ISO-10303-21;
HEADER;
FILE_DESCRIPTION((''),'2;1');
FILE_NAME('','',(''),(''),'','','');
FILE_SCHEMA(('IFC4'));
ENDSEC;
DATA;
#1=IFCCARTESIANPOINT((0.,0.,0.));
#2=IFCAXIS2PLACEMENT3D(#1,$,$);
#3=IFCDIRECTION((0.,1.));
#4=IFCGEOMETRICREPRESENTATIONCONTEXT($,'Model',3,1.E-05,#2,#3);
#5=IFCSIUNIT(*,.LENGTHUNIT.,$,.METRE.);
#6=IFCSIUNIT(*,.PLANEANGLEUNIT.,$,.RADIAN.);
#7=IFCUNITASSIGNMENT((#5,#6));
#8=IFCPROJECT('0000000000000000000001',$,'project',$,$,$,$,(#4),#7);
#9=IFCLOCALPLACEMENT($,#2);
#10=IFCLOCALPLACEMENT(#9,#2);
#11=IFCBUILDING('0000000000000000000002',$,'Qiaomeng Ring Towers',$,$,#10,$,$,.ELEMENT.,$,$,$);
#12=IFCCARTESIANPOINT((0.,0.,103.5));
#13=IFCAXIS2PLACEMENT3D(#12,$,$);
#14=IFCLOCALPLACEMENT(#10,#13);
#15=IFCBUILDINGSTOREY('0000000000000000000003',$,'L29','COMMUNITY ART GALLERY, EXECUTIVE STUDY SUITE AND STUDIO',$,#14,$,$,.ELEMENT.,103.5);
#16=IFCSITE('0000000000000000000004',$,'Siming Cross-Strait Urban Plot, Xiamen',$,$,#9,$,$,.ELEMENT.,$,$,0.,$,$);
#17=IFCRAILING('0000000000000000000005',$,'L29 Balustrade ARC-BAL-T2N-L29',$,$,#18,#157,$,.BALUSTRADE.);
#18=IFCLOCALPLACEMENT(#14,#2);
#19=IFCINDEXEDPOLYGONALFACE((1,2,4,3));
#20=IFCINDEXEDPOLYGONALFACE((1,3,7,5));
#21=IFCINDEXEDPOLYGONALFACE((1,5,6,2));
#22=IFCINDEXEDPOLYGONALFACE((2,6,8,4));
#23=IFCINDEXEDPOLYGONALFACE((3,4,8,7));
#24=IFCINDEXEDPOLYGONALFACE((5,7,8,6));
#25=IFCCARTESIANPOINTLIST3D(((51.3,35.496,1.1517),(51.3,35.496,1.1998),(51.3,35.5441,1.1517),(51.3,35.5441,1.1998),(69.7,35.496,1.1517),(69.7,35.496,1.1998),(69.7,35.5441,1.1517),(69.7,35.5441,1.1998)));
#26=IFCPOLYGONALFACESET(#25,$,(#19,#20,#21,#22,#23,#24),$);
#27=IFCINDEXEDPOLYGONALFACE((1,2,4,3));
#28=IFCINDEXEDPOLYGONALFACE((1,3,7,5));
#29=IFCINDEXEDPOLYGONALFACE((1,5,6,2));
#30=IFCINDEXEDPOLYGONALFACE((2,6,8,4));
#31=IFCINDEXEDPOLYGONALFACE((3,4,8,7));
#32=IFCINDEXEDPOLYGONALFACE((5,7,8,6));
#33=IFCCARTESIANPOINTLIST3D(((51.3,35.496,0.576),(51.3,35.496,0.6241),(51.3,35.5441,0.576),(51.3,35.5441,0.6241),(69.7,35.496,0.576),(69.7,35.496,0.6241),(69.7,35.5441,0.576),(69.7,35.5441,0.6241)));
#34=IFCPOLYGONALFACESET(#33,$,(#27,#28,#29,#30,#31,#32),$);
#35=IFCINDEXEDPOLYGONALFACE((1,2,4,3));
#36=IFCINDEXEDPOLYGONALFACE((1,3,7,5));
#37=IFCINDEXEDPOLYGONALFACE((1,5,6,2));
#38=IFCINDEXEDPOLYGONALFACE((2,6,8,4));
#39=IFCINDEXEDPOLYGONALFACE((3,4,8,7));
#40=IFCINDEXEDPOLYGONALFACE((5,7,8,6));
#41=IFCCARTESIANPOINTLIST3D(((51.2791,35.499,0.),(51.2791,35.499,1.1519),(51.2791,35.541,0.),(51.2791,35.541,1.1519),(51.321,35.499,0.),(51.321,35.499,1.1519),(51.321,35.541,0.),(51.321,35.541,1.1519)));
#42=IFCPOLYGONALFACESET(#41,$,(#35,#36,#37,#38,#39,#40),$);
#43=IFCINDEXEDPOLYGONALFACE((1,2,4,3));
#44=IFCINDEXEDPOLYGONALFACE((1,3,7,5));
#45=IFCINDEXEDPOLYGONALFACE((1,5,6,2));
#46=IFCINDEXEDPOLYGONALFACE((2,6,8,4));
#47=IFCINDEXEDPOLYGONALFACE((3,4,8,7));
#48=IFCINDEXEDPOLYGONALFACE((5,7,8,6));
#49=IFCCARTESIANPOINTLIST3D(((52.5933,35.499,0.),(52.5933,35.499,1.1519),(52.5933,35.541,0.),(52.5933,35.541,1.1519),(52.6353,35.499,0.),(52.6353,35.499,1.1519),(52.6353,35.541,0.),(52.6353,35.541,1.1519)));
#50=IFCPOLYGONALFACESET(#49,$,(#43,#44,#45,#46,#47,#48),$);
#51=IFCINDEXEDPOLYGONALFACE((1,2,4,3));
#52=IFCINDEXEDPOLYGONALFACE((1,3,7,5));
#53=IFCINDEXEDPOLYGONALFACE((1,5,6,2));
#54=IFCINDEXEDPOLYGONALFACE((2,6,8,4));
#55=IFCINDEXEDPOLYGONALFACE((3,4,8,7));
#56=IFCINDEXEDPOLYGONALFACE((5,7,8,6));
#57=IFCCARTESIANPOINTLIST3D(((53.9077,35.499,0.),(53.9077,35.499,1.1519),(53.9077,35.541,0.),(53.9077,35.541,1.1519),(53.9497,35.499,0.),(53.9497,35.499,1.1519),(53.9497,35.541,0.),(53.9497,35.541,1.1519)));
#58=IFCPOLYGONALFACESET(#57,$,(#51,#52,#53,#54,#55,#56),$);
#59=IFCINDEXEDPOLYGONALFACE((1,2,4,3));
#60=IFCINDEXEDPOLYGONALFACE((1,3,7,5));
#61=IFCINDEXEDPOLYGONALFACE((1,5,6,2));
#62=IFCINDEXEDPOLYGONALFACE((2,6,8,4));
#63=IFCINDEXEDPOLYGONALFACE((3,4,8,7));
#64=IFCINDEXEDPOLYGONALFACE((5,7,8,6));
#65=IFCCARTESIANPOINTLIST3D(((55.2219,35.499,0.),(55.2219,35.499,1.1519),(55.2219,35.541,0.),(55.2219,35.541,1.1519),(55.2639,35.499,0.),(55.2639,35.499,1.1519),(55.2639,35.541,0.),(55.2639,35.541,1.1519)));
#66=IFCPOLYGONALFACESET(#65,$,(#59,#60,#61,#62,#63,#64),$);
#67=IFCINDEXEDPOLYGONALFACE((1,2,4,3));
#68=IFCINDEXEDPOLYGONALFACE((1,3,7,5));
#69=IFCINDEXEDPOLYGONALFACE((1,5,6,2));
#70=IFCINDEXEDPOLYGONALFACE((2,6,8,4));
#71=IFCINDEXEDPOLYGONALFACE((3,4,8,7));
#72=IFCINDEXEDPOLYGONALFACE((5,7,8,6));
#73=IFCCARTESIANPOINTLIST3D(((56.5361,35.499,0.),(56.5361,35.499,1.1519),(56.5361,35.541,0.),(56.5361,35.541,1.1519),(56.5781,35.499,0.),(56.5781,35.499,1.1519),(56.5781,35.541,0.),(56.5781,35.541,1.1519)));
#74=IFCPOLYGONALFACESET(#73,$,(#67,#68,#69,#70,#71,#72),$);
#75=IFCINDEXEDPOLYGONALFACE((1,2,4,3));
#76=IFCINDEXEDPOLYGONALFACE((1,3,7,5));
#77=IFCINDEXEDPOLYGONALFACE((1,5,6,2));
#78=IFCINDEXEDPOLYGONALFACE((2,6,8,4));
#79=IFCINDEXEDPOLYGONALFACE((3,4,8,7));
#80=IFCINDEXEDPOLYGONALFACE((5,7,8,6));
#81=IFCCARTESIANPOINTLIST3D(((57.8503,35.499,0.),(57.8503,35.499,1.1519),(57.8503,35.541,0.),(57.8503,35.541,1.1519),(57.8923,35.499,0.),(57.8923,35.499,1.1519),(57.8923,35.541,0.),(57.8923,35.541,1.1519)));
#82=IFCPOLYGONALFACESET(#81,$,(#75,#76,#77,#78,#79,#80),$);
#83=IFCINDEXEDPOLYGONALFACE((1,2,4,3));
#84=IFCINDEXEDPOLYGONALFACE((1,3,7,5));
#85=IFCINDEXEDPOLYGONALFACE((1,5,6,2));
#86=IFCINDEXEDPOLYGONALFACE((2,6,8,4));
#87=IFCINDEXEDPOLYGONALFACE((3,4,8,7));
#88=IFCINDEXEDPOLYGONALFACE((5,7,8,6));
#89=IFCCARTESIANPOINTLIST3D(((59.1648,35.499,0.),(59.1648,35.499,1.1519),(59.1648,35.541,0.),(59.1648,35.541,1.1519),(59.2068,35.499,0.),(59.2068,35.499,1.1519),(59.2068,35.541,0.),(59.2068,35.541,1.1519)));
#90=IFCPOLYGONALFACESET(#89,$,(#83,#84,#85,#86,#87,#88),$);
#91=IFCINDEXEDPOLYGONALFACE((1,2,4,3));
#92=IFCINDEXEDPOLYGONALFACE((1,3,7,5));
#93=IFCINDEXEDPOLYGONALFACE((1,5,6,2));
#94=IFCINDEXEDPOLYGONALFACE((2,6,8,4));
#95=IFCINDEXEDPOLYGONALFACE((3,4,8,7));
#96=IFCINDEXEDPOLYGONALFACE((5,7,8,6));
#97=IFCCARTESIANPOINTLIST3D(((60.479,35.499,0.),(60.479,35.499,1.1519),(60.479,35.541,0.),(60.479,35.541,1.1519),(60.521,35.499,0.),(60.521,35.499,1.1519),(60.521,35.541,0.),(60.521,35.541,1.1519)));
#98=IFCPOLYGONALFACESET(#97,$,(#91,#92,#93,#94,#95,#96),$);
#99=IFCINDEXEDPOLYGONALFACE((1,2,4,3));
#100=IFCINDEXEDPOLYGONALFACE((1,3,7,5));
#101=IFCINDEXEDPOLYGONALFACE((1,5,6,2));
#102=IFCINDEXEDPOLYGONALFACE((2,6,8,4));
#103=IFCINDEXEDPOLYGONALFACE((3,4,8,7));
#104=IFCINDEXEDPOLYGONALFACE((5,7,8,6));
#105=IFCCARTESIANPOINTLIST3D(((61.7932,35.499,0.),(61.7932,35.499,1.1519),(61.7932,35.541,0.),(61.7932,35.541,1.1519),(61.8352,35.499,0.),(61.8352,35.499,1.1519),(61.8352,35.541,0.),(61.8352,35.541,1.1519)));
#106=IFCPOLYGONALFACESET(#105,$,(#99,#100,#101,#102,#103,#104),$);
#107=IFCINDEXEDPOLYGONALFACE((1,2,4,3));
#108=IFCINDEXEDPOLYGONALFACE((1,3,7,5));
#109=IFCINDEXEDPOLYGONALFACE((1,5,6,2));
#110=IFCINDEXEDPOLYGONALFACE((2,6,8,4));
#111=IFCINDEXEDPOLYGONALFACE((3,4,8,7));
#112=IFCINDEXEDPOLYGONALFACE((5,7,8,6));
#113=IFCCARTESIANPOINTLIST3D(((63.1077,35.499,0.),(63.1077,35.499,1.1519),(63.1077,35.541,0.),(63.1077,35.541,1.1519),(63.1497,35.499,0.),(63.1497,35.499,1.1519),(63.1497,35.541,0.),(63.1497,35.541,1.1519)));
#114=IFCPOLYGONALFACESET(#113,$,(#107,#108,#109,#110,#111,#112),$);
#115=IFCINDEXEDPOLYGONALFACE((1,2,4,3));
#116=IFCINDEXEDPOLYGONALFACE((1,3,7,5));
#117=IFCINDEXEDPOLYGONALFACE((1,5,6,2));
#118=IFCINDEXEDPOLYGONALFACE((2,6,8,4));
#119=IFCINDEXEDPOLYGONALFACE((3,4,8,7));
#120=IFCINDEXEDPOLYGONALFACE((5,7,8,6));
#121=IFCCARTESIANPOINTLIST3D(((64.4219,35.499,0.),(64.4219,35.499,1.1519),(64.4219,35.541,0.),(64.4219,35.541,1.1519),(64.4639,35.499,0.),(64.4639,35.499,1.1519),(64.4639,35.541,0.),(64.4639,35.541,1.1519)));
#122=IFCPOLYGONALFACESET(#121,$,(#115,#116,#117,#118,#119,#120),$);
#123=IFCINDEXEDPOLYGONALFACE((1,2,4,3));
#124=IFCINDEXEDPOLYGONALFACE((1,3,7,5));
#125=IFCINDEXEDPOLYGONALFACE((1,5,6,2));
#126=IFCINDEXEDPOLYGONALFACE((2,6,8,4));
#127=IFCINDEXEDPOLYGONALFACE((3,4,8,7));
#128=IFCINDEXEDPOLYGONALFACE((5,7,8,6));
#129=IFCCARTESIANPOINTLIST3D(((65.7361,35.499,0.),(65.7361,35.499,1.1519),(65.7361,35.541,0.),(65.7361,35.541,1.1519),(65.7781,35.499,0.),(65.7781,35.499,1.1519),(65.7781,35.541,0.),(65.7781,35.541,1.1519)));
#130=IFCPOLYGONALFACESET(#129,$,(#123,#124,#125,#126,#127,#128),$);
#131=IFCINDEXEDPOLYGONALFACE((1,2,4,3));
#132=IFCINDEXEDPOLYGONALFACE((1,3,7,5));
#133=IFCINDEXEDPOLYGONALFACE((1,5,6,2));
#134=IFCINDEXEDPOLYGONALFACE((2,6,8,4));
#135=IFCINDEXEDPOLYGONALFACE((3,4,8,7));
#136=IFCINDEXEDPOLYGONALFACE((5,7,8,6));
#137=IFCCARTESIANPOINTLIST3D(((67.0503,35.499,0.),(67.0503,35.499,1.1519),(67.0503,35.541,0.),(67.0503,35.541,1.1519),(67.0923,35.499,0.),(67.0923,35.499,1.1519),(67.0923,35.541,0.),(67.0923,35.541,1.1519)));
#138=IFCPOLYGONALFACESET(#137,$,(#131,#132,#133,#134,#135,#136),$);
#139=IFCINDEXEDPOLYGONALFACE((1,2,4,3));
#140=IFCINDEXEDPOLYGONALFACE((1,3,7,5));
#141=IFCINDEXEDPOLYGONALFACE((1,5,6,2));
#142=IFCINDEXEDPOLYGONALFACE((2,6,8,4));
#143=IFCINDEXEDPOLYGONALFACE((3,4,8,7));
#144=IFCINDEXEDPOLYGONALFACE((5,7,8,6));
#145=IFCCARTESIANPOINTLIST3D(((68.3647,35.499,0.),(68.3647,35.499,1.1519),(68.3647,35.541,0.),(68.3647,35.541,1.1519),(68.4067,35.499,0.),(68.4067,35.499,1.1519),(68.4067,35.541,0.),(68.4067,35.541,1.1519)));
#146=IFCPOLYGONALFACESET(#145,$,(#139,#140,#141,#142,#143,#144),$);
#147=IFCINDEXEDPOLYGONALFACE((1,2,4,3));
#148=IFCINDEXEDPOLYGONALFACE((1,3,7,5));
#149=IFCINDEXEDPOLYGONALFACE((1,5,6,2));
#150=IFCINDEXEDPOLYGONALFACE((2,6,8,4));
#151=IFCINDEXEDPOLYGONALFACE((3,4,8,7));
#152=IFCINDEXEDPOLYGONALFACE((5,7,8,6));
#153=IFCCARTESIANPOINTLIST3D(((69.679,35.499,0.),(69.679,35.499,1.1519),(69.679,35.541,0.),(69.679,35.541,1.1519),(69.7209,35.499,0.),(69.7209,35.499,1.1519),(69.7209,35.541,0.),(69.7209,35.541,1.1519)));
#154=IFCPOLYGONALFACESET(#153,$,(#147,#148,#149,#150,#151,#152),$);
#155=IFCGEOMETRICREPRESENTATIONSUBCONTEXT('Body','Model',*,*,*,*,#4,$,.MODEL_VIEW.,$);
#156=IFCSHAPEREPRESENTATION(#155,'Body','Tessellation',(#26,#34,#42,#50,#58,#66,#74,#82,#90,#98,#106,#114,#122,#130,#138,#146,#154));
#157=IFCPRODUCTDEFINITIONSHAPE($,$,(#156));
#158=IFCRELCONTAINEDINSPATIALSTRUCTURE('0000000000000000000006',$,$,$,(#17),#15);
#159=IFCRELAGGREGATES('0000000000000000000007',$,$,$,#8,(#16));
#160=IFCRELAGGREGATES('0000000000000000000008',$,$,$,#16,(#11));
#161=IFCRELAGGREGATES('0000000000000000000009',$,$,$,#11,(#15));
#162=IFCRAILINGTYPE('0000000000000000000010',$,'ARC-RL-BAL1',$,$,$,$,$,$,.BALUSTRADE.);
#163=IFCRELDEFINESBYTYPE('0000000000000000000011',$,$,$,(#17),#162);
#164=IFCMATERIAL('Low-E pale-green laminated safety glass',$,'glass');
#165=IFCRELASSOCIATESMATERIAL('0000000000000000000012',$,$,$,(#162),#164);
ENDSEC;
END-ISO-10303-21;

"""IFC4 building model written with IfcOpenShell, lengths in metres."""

from ifc_helpers import new_model, si_unit, direction, frame, origin, origin_2d, place, context, subcontext, project, spatial, rectangle, extrude, material, type_object, element, save


model = new_model("IFC4")

# Units and contexts
model_context = context("Model", 3, precision=1e-05, world=origin(), true_north=direction((0.0, 1.0)))
body_context = subcontext(model_context, "Body", "Model", "MODEL_VIEW")
ifc_project = project(units=[si_unit("LENGTHUNIT", "METRE"), si_unit("PLANEANGLEUNIT", "RADIAN")], contexts=[model_context])

# Site, building, storey
site_placement = place(None, origin())
site = spatial("IfcSite", under=ifc_project, at=site_placement, Name="Siming Cross-Strait Urban Plot, Xiamen", CompositionType="ELEMENT", RefElevation=0.0)
building_placement = place(site_placement, origin())
building = spatial("IfcBuilding", under=site, at=building_placement, Name="Qiaomeng Ring Towers", CompositionType="ELEMENT")
storey_placement = place(building_placement, frame((0.0, 0.0, 103.5)))
storey = spatial("IfcBuildingStorey", under=building, at=storey_placement, Name="L29", Description="COMMUNITY ART GALLERY, EXECUTIVE STUDY SUITE AND STUDIO", CompositionType="ELEMENT", Elevation=103.5)

# Railing
ifc_material_1 = material(Name="Low-E pale-green laminated safety glass", Category="glass")
railing_type = type_object("IfcRailingType", Name="ARC-RL-BAL1", PredefinedType="BALUSTRADE", material=ifc_material_1)
railing_1_placement = place(storey_placement, frame((51.3, 35.52, 0.0)))
element("IfcRailing", 1, at=railing_1_placement, inside=storey, type_object=railing_type, Name="L29 Balustrade ARC-BAL-T2N-L29", PredefinedType="BALUSTRADE", context=body_context, shape_type="SweptSolid", body=[
    extrude(rectangle(XDim=0.0481, YDim=0.0481, at=origin_2d()), frame((0.0, 0.0, 1.1758), z_axis=(1.0, 0.0, 0.0), x_axis=(0.0, 1.0, 0.0)), (0.0, 0.0, 1.0), 18.3999),
    extrude(rectangle(XDim=0.0481, YDim=0.0481, at=origin_2d()), frame((0.0, 0.0, 0.6001), z_axis=(1.0, 0.0, 0.0), x_axis=(0.0, 1.0, 0.0)), (0.0, 0.0, 1.0), 18.3999),
    extrude(rectangle(XDim=0.042, YDim=0.042, at=origin_2d()), origin(), (0.0, 0.0, 1.0), 1.1519),
    extrude(rectangle(XDim=0.042, YDim=0.042, at=origin_2d()), frame((1.3142, 0.0, 0.0)), (0.0, 0.0, 1.0), 1.1519),
    extrude(rectangle(XDim=0.042, YDim=0.042, at=origin_2d()), frame((2.6287, 0.0, 0.0)), (0.0, 0.0, 1.0), 1.1519),
    extrude(rectangle(XDim=0.042, YDim=0.042, at=origin_2d()), frame((3.9429, 0.0, 0.0)), (0.0, 0.0, 1.0), 1.1519),
    extrude(rectangle(XDim=0.042, YDim=0.042, at=origin_2d()), frame((5.2571, 0.0, 0.0)), (0.0, 0.0, 1.0), 1.1519),
    extrude(rectangle(XDim=0.042, YDim=0.042, at=origin_2d()), frame((6.5713, 0.0, 0.0)), (0.0, 0.0, 1.0), 1.1519),
    extrude(rectangle(XDim=0.042, YDim=0.042, at=origin_2d()), frame((7.8857, 0.0, 0.0)), (0.0, 0.0, 1.0), 1.1519),
    extrude(rectangle(XDim=0.042, YDim=0.042, at=origin_2d()), frame((9.2, 0.0, 0.0)), (0.0, 0.0, 1.0), 1.1519),
    extrude(rectangle(XDim=0.042, YDim=0.042, at=origin_2d()), frame((10.5142, 0.0, 0.0)), (0.0, 0.0, 1.0), 1.1519),
    extrude(rectangle(XDim=0.042, YDim=0.042, at=origin_2d()), frame((11.8286, 0.0, 0.0)), (0.0, 0.0, 1.0), 1.1519),
    extrude(rectangle(XDim=0.042, YDim=0.042, at=origin_2d()), frame((13.1428, 0.0, 0.0)), (0.0, 0.0, 1.0), 1.1519),
    extrude(rectangle(XDim=0.042, YDim=0.042, at=origin_2d()), frame((14.457, 0.0, 0.0)), (0.0, 0.0, 1.0), 1.1519),
    extrude(rectangle(XDim=0.042, YDim=0.042, at=origin_2d()), frame((15.7712, 0.0, 0.0)), (0.0, 0.0, 1.0), 1.1519),
    extrude(rectangle(XDim=0.042, YDim=0.042, at=origin_2d()), frame((17.0857, 0.0, 0.0)), (0.0, 0.0, 1.0), 1.1519),
    extrude(rectangle(XDim=0.042, YDim=0.042, at=origin_2d()), frame((18.3999, 0.0, 0.0)), (0.0, 0.0, 1.0), 1.1519),
])

save(model, "model.ifc")
